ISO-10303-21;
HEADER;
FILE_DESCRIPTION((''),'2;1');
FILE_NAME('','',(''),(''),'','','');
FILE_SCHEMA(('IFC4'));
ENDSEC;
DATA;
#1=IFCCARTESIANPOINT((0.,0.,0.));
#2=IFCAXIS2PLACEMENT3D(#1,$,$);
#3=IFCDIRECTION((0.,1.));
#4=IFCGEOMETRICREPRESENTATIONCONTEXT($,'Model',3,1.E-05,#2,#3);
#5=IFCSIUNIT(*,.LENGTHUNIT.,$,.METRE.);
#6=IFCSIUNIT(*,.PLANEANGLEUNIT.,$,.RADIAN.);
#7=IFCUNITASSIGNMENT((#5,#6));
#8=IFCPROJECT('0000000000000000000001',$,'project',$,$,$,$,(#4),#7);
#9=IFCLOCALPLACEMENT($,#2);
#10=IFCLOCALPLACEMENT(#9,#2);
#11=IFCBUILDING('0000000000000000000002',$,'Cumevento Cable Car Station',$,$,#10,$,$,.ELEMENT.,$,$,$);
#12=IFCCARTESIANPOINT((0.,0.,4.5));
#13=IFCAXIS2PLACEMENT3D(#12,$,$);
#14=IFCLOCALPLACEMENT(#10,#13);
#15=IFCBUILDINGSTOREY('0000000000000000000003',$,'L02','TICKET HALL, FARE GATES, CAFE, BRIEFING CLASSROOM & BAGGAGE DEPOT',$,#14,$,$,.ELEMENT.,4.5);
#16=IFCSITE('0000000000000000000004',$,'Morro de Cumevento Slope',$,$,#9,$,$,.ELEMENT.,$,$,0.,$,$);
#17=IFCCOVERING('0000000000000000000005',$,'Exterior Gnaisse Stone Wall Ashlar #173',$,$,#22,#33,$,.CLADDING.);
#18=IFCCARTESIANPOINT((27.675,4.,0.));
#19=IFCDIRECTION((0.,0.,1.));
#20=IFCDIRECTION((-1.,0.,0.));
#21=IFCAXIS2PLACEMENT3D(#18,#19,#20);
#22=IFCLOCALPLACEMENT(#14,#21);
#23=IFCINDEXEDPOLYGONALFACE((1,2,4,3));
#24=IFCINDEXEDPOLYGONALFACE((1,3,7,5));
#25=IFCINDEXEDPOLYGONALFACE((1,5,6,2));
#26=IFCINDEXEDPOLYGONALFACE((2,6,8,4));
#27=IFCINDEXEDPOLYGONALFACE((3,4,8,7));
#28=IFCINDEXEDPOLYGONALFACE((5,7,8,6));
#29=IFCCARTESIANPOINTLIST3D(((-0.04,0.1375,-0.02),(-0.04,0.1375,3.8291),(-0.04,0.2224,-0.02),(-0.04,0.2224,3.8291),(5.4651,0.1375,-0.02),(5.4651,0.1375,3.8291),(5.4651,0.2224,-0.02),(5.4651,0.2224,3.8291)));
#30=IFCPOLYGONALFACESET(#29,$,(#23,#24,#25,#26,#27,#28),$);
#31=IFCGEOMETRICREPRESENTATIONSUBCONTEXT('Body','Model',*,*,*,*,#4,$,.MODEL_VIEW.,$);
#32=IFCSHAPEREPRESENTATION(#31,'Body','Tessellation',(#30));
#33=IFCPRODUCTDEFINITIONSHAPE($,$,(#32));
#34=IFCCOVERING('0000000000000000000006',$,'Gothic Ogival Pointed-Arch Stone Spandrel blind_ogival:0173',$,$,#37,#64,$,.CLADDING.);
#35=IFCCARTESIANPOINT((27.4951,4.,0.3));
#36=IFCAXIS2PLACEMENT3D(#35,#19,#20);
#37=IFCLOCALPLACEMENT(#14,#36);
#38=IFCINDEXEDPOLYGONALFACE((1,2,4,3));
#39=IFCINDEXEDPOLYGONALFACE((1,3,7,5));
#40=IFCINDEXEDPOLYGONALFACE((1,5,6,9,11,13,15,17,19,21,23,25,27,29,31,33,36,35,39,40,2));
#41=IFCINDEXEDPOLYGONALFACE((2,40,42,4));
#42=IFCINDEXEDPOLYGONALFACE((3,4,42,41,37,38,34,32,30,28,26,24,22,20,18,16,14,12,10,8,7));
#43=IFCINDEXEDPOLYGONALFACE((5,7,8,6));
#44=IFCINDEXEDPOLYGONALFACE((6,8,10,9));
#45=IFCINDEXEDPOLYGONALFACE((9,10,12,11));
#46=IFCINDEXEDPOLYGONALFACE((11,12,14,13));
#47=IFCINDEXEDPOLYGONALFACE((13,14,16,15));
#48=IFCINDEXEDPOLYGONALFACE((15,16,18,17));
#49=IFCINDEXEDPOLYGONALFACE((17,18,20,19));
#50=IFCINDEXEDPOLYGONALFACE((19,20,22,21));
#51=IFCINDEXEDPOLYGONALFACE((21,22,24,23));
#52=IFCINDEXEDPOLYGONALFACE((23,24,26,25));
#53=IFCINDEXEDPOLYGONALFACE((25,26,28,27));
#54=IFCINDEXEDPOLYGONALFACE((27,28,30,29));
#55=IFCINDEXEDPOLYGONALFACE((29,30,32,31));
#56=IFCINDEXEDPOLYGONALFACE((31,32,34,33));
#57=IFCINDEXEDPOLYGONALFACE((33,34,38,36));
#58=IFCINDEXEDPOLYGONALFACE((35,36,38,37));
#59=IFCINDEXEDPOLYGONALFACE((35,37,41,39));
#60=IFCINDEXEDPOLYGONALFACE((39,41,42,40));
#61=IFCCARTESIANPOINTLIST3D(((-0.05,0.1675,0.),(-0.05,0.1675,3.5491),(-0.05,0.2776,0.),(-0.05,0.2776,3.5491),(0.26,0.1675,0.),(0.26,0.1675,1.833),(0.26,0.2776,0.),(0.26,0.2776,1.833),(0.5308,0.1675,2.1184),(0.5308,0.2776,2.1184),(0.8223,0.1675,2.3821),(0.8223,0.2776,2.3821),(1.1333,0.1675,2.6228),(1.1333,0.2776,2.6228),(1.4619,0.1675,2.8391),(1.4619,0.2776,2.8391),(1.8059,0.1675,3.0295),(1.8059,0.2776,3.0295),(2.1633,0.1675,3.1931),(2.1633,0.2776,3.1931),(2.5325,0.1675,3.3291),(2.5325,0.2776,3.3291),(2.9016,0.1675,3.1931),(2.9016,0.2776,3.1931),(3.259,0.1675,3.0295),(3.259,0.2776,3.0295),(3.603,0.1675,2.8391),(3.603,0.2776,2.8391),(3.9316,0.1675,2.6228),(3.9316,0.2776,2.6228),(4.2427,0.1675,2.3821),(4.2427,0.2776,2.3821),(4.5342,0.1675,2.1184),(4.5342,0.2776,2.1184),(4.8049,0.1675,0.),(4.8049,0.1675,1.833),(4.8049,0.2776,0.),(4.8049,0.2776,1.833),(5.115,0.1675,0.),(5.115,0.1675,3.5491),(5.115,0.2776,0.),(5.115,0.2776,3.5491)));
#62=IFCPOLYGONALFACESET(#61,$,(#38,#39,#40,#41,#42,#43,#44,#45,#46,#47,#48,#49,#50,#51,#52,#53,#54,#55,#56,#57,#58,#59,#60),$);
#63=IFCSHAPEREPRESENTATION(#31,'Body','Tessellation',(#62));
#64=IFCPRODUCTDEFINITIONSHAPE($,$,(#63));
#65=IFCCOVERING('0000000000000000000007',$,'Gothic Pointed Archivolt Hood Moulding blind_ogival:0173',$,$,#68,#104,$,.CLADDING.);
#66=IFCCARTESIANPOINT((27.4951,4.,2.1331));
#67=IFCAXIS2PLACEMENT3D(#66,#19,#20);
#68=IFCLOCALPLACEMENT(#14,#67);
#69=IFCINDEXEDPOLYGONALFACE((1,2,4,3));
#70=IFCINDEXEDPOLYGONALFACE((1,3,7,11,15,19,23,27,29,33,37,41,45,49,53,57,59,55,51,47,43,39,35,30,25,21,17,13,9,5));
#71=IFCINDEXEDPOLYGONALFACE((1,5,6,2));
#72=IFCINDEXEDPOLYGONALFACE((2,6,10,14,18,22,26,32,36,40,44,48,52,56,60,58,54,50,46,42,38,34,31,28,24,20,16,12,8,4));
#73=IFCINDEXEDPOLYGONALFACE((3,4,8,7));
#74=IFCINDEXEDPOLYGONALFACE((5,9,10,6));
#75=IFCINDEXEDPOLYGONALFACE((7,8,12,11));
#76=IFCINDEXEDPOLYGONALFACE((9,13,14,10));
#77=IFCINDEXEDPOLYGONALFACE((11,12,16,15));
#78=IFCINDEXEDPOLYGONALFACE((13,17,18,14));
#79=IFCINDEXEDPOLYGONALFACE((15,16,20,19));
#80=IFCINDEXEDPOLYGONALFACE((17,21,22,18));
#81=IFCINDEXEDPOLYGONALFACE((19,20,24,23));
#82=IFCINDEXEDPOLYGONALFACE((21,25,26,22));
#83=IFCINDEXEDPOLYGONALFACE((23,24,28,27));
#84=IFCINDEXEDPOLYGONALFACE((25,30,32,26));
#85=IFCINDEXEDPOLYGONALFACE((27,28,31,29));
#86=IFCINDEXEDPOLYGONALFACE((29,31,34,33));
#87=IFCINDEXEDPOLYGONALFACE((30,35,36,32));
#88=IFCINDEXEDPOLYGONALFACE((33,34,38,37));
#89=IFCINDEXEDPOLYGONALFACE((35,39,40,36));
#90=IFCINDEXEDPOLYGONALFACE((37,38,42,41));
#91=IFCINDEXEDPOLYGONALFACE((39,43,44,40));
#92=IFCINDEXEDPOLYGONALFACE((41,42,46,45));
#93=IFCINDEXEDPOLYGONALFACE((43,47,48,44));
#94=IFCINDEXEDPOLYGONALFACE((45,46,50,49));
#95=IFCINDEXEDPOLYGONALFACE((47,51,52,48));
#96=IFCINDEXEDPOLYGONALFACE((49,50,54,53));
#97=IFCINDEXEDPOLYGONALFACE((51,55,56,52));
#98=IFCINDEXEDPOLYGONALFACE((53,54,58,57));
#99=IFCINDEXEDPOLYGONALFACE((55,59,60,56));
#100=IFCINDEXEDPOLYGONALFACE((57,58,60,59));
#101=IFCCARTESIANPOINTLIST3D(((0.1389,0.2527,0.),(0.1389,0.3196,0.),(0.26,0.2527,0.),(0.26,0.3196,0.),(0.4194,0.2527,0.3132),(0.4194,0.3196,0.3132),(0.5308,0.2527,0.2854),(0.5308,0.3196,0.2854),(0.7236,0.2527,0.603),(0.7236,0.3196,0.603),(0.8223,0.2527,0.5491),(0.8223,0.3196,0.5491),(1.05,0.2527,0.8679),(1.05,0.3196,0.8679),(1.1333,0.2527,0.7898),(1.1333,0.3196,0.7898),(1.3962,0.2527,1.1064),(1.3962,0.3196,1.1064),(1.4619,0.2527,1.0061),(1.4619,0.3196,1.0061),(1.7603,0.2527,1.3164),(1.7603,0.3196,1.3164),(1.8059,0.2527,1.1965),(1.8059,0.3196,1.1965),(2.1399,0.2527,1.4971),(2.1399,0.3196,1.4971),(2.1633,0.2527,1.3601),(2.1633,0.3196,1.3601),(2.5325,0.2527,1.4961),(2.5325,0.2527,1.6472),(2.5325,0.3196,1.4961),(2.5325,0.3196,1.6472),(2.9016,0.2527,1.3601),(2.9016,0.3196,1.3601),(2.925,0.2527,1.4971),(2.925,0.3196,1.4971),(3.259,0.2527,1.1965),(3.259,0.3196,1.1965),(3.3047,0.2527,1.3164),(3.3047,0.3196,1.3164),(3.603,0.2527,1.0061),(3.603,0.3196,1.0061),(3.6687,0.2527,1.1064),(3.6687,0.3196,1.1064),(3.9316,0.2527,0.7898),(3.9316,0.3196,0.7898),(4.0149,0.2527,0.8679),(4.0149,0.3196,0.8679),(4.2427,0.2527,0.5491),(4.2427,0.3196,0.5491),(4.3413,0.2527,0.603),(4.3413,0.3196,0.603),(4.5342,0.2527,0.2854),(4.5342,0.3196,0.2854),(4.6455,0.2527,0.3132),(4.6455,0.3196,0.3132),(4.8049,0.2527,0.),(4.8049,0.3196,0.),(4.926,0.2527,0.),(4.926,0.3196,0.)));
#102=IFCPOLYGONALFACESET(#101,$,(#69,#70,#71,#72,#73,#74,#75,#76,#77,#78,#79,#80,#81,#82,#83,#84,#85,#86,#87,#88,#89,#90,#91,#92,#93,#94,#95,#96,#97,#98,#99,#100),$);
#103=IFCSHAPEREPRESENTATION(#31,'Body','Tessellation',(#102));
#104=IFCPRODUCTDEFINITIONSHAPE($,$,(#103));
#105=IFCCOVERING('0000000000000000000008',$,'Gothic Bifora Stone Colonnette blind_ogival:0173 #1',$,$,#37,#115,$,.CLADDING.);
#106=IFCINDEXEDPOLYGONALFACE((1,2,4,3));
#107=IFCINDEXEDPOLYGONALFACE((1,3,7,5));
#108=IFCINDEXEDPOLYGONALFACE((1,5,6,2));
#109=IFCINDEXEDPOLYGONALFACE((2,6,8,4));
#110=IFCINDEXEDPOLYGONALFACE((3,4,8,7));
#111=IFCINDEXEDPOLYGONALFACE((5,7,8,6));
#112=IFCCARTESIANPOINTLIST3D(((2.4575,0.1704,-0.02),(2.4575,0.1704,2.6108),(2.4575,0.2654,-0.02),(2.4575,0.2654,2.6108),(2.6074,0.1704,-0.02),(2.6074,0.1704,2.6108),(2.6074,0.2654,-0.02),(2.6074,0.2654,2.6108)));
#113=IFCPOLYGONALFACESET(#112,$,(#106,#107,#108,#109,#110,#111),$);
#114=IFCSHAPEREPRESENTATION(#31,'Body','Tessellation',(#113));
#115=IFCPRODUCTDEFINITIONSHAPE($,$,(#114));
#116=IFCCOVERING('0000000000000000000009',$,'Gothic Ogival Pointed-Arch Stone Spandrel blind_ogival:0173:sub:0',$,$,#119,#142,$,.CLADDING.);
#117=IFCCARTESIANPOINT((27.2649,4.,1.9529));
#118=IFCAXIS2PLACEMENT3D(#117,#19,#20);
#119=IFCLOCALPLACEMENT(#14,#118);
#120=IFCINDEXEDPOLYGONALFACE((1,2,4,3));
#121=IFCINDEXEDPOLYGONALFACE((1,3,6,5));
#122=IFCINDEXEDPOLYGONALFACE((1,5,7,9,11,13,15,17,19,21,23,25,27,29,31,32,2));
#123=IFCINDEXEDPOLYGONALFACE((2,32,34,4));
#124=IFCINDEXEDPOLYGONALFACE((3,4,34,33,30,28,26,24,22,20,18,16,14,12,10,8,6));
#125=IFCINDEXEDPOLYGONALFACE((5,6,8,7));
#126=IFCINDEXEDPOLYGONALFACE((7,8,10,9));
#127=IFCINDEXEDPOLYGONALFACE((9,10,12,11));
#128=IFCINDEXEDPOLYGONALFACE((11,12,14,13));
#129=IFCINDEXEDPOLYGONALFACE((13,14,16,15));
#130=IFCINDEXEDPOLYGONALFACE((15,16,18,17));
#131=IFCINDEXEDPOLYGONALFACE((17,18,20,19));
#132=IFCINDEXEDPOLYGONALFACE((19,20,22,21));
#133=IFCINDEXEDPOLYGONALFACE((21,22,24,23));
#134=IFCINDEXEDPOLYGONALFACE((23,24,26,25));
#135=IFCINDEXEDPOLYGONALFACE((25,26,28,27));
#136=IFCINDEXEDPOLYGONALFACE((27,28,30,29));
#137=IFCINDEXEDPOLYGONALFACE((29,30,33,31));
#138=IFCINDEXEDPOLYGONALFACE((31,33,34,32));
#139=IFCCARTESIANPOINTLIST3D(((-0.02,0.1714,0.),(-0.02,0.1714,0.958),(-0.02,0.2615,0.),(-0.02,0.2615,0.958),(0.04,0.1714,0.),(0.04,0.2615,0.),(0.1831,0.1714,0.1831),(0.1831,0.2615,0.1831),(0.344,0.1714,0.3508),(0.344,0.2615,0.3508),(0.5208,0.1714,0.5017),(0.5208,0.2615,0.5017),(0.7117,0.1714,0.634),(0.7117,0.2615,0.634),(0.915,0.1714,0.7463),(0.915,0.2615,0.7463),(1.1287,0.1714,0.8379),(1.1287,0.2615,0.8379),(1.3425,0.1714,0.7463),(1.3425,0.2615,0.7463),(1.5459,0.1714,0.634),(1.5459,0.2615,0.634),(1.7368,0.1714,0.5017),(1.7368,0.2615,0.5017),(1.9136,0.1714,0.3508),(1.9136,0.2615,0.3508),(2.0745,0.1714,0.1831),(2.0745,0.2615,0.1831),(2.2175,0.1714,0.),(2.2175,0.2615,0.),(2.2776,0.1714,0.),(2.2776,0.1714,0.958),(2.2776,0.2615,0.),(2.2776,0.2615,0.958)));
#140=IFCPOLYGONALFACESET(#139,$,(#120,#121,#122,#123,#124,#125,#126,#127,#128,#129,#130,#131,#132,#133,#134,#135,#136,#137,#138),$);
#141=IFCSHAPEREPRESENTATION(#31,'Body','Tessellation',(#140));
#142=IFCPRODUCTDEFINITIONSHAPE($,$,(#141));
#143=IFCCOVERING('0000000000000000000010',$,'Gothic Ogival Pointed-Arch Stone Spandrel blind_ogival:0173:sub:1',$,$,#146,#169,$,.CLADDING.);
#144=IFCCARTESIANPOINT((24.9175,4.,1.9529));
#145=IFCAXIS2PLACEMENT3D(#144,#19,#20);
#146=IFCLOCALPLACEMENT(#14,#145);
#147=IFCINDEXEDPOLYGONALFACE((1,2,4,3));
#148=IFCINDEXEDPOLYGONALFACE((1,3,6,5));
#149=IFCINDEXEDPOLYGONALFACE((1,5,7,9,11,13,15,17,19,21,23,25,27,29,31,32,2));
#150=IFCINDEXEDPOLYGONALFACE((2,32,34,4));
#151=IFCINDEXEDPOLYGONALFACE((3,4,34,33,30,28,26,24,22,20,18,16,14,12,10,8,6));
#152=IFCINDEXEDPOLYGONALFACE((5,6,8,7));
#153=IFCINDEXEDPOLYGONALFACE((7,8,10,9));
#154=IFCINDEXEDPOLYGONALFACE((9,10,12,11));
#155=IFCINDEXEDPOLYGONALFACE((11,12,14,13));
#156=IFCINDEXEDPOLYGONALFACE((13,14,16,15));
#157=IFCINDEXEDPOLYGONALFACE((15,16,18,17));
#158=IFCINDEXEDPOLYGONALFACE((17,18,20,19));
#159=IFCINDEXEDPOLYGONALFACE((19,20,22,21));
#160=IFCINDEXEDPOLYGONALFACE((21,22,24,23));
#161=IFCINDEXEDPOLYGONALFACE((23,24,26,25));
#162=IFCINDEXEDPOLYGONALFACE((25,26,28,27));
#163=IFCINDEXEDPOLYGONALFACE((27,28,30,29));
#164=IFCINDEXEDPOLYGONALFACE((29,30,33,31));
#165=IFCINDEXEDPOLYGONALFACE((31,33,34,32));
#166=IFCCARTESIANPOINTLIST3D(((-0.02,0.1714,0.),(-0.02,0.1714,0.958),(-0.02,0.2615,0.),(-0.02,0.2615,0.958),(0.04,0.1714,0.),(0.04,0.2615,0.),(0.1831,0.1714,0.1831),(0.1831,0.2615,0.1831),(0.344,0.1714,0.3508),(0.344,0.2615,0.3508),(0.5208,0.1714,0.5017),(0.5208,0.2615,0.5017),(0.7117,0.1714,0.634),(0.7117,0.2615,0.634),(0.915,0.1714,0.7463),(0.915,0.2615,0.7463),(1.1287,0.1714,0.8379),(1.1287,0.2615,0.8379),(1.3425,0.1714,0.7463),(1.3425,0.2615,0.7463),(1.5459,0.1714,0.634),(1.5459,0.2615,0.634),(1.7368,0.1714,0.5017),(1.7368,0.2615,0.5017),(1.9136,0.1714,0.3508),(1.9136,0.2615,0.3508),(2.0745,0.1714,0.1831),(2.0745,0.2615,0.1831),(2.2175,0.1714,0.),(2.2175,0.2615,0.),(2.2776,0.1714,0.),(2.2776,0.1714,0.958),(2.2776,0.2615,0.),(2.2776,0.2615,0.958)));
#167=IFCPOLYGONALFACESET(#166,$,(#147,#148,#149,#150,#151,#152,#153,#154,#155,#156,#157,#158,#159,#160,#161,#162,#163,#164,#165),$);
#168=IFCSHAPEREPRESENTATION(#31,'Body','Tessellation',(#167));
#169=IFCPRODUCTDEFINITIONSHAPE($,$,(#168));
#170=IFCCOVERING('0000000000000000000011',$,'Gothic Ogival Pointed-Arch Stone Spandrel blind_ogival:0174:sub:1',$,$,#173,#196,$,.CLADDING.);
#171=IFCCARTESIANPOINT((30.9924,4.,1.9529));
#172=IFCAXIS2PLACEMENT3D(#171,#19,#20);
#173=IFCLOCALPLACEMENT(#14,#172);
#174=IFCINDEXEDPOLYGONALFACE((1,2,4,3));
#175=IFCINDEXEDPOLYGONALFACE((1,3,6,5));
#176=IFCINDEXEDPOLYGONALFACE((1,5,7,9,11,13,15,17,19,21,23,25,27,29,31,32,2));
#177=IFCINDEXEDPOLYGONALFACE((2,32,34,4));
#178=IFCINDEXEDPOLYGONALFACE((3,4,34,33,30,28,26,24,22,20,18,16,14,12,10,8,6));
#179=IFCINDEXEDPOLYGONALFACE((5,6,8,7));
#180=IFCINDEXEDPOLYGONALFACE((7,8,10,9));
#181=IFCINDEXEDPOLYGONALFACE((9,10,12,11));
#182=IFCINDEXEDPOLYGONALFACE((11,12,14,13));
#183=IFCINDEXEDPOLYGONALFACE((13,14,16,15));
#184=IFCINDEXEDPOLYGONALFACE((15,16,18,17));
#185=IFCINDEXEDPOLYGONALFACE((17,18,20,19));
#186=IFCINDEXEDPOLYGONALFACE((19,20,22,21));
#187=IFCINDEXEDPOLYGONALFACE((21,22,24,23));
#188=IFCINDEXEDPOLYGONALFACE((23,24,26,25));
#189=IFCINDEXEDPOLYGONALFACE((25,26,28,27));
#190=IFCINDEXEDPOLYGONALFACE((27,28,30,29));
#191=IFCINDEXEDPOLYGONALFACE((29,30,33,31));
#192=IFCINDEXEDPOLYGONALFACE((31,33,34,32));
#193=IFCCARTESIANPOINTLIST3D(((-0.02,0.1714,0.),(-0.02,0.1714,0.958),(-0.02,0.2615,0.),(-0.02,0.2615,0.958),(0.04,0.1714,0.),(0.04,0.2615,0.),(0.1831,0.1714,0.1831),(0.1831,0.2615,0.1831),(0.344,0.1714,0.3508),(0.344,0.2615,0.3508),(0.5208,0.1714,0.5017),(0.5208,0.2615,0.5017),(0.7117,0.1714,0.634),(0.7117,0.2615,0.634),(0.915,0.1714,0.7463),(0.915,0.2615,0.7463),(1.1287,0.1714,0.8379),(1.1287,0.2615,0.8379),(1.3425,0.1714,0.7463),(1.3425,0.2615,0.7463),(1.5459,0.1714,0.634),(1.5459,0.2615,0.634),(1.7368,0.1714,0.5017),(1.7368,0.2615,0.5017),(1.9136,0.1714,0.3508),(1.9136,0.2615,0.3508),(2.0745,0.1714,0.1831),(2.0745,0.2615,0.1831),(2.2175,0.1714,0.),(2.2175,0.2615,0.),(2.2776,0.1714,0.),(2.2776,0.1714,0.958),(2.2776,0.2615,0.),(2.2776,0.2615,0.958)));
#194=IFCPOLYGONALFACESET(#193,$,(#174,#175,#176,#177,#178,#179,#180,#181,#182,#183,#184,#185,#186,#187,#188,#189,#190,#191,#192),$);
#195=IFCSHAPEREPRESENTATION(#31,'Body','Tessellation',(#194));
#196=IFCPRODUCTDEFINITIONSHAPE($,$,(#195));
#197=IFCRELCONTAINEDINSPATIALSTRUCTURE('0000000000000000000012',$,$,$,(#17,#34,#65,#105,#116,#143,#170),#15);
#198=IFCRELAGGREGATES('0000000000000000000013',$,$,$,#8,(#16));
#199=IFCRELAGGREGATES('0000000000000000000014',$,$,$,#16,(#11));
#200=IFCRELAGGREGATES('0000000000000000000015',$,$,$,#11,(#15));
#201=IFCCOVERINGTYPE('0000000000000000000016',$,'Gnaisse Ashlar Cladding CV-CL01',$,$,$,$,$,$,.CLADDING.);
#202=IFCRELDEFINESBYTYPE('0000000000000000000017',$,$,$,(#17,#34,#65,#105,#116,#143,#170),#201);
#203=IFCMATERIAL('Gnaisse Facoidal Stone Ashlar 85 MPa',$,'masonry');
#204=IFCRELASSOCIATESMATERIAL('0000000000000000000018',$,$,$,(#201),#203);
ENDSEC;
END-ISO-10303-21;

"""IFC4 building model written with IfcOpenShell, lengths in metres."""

from ifc_helpers import new_model, si_unit, direction, frame, origin, place, context, subcontext, project, spatial, polyline, outline, extrude, material, type_object, element, save


model = new_model("IFC4")

# Units and contexts
model_context = context("Model", 3, precision=1e-05, world=origin(), true_north=direction((0.0, 1.0)))
body_context = subcontext(model_context, "Body", "Model", "MODEL_VIEW")
ifc_project = project(units=[si_unit("LENGTHUNIT", "METRE"), si_unit("PLANEANGLEUNIT", "RADIAN")], contexts=[model_context])

# Site, building, storey
site_placement = place(None, origin())
site = spatial("IfcSite", under=ifc_project, at=site_placement, Name="Morro de Cumevento Slope", CompositionType="ELEMENT", RefElevation=0.0)
building_placement = place(site_placement, origin())
building = spatial("IfcBuilding", under=site, at=building_placement, Name="Cumevento Cable Car Station", CompositionType="ELEMENT")
storey_placement = place(building_placement, frame((0.0, 0.0, 4.5)))
storey = spatial("IfcBuildingStorey", under=building, at=storey_placement, Name="L02", Description="TICKET HALL, FARE GATES, CAFE, BRIEFING CLASSROOM & BAGGAGE DEPOT", CompositionType="ELEMENT", Elevation=4.5)

# Coverings
ifc_material_1 = material(Name="Gnaisse Facoidal Stone Ashlar 85 MPa", Category="masonry")
covering_type = type_object("IfcCoveringType", Name="Gnaisse Ashlar Cladding CV-CL01", PredefinedType="CLADDING", material=ifc_material_1)
covering_1_placement = place(storey_placement, frame((27.675, 4.0, 0.0), z_axis=(0.0, 0.0, 1.0), x_axis=(-1.0, 0.0, 0.0)))
element("IfcCovering", 1, at=covering_1_placement, inside=storey, type_object=covering_type, Name="Exterior Gnaisse Stone Wall Ashlar #173", PredefinedType="CLADDING", context=body_context, shape_type="SweptSolid", body=[
    extrude(outline(polyline([(-0.04, -0.02), (5.4651, -0.02), (5.4651, 3.8291), (-0.04, 3.8291), (-0.04, -0.02)])), frame((0.0, 0.2224, 0.0), z_axis=(0.0, -1.0, 0.0), x_axis=(1.0, 0.0, 0.0)), (0.0, 0.0, 1.0), 0.085),
])
placement = place(storey_placement, frame((27.4951, 4.0, 0.3), z_axis=(0.0, 0.0, 1.0), x_axis=(-1.0, 0.0, 0.0)))
element("IfcCovering", 2, at=placement, inside=storey, type_object=covering_type, Name="Gothic Ogival Pointed-Arch Stone Spandrel blind_ogival:0173", PredefinedType="CLADDING", context=body_context, shape_type="SweptSolid", body=[
    extrude(outline(polyline([(-0.05, 0.0), (-0.05, 3.5491), (5.115, 3.5491), (5.115, 0.0), (4.8049, 0.0), (4.8049, 1.833), (4.5342, 2.1184), (4.2427, 2.3821), (3.9316, 2.6228), (3.603, 2.8391), (3.259, 3.0295), (2.9016, 3.1931), (2.5325, 3.3291), (2.1633, 3.1931), (1.8059, 3.0295), (1.4619, 2.8391), (1.1333, 2.6228), (0.8223, 2.3821), (0.5308, 2.1184), (0.26, 1.833), (0.26, 0.0), (-0.05, 0.0)])), frame((0.0, 0.2776, 0.0), z_axis=(0.0, -1.0, 0.0), x_axis=(1.0, 0.0, 0.0)), (0.0, 0.0, 1.0), 0.1101),
])
covering_2_placement = place(storey_placement, frame((27.4951, 4.0, 2.1331), z_axis=(0.0, 0.0, 1.0), x_axis=(-1.0, 0.0, 0.0)))
element("IfcCovering", 3, at=covering_2_placement, inside=storey, type_object=covering_type, Name="Gothic Pointed Archivolt Hood Moulding blind_ogival:0173", PredefinedType="CLADDING", context=body_context, shape_type="SweptSolid", body=[
    extrude(outline(polyline([(0.26, 0.0), (0.5308, 0.2854), (0.8223, 0.5491), (1.1333, 0.7898), (1.4619, 1.0061), (1.8059, 1.1965), (2.1633, 1.3601), (2.5325, 1.4961), (2.9016, 1.3601), (3.259, 1.1965), (3.603, 1.0061), (3.9316, 0.7898), (4.2427, 0.5491), (4.5342, 0.2854), (4.8049, 0.0), (4.926, 0.0), (4.6455, 0.3132), (4.3413, 0.603), (4.0149, 0.8679), (3.6687, 1.1064), (3.3047, 1.3164), (2.925, 1.4971), (2.5325, 1.6472), (2.1399, 1.4971), (1.7603, 1.3164), (1.3962, 1.1064), (1.05, 0.8679), (0.7236, 0.603), (0.4194, 0.3132), (0.1389, 0.0), (0.26, 0.0)])), frame((0.0, 0.3196, 0.0), z_axis=(0.0, -1.0, 0.0), x_axis=(1.0, 0.0, 0.0)), (0.0, 0.0, 1.0), 0.0669),
])
element("IfcCovering", 4, at=placement, inside=storey, type_object=covering_type, Name="Gothic Bifora Stone Colonnette blind_ogival:0173 #1", PredefinedType="CLADDING", context=body_context, shape_type="SweptSolid", body=[
    extrude(outline(polyline([(2.4575, -0.02), (2.6074, -0.02), (2.6074, 2.6108), (2.4575, 2.6108), (2.4575, -0.02)])), frame((0.0, 0.2654, 0.0), z_axis=(0.0, -1.0, 0.0), x_axis=(1.0, 0.0, 0.0)), (0.0, 0.0, 1.0), 0.095),
])
for number, where, z_axis, x_axis, name in (
    (5, (27.2649, 4.0, 1.9529), (0.0, 0.0, 1.0), (-1.0, 0.0, 0.0), "Gothic Ogival Pointed-Arch Stone Spandrel blind_ogival:0173:sub:0"),
    (6, (24.9175, 4.0, 1.9529), (0.0, 0.0, 1.0), (-1.0, 0.0, 0.0), "Gothic Ogival Pointed-Arch Stone Spandrel blind_ogival:0173:sub:1"),
    (7, (30.9924, 4.0, 1.9529), (0.0, 0.0, 1.0), (-1.0, 0.0, 0.0), "Gothic Ogival Pointed-Arch Stone Spandrel blind_ogival:0174:sub:1"),
):
    element("IfcCovering", number, at=place(storey_placement, frame(where, z_axis=z_axis, x_axis=x_axis)), inside=storey, type_object=covering_type, Name=name, PredefinedType="CLADDING", context=body_context, shape_type="SweptSolid", body=[
        extrude(outline(polyline([(-0.02, 0.0), (-0.02, 0.958), (2.2776, 0.958), (2.2776, 0.0), (2.2175, 0.0), (2.0745, 0.1831), (1.9136, 0.3508), (1.7368, 0.5017), (1.5459, 0.634), (1.3425, 0.7463), (1.1287, 0.8379), (0.915, 0.7463), (0.7117, 0.634), (0.5208, 0.5017), (0.344, 0.3508), (0.1831, 0.1831), (0.04, 0.0), (-0.02, 0.0)])), frame((0.0, 0.2615, 0.0), z_axis=(0.0, -1.0, 0.0), x_axis=(1.0, 0.0, 0.0)), (0.0, 0.0, 1.0), 0.0901),
    ])

save(model, "model.ifc")
